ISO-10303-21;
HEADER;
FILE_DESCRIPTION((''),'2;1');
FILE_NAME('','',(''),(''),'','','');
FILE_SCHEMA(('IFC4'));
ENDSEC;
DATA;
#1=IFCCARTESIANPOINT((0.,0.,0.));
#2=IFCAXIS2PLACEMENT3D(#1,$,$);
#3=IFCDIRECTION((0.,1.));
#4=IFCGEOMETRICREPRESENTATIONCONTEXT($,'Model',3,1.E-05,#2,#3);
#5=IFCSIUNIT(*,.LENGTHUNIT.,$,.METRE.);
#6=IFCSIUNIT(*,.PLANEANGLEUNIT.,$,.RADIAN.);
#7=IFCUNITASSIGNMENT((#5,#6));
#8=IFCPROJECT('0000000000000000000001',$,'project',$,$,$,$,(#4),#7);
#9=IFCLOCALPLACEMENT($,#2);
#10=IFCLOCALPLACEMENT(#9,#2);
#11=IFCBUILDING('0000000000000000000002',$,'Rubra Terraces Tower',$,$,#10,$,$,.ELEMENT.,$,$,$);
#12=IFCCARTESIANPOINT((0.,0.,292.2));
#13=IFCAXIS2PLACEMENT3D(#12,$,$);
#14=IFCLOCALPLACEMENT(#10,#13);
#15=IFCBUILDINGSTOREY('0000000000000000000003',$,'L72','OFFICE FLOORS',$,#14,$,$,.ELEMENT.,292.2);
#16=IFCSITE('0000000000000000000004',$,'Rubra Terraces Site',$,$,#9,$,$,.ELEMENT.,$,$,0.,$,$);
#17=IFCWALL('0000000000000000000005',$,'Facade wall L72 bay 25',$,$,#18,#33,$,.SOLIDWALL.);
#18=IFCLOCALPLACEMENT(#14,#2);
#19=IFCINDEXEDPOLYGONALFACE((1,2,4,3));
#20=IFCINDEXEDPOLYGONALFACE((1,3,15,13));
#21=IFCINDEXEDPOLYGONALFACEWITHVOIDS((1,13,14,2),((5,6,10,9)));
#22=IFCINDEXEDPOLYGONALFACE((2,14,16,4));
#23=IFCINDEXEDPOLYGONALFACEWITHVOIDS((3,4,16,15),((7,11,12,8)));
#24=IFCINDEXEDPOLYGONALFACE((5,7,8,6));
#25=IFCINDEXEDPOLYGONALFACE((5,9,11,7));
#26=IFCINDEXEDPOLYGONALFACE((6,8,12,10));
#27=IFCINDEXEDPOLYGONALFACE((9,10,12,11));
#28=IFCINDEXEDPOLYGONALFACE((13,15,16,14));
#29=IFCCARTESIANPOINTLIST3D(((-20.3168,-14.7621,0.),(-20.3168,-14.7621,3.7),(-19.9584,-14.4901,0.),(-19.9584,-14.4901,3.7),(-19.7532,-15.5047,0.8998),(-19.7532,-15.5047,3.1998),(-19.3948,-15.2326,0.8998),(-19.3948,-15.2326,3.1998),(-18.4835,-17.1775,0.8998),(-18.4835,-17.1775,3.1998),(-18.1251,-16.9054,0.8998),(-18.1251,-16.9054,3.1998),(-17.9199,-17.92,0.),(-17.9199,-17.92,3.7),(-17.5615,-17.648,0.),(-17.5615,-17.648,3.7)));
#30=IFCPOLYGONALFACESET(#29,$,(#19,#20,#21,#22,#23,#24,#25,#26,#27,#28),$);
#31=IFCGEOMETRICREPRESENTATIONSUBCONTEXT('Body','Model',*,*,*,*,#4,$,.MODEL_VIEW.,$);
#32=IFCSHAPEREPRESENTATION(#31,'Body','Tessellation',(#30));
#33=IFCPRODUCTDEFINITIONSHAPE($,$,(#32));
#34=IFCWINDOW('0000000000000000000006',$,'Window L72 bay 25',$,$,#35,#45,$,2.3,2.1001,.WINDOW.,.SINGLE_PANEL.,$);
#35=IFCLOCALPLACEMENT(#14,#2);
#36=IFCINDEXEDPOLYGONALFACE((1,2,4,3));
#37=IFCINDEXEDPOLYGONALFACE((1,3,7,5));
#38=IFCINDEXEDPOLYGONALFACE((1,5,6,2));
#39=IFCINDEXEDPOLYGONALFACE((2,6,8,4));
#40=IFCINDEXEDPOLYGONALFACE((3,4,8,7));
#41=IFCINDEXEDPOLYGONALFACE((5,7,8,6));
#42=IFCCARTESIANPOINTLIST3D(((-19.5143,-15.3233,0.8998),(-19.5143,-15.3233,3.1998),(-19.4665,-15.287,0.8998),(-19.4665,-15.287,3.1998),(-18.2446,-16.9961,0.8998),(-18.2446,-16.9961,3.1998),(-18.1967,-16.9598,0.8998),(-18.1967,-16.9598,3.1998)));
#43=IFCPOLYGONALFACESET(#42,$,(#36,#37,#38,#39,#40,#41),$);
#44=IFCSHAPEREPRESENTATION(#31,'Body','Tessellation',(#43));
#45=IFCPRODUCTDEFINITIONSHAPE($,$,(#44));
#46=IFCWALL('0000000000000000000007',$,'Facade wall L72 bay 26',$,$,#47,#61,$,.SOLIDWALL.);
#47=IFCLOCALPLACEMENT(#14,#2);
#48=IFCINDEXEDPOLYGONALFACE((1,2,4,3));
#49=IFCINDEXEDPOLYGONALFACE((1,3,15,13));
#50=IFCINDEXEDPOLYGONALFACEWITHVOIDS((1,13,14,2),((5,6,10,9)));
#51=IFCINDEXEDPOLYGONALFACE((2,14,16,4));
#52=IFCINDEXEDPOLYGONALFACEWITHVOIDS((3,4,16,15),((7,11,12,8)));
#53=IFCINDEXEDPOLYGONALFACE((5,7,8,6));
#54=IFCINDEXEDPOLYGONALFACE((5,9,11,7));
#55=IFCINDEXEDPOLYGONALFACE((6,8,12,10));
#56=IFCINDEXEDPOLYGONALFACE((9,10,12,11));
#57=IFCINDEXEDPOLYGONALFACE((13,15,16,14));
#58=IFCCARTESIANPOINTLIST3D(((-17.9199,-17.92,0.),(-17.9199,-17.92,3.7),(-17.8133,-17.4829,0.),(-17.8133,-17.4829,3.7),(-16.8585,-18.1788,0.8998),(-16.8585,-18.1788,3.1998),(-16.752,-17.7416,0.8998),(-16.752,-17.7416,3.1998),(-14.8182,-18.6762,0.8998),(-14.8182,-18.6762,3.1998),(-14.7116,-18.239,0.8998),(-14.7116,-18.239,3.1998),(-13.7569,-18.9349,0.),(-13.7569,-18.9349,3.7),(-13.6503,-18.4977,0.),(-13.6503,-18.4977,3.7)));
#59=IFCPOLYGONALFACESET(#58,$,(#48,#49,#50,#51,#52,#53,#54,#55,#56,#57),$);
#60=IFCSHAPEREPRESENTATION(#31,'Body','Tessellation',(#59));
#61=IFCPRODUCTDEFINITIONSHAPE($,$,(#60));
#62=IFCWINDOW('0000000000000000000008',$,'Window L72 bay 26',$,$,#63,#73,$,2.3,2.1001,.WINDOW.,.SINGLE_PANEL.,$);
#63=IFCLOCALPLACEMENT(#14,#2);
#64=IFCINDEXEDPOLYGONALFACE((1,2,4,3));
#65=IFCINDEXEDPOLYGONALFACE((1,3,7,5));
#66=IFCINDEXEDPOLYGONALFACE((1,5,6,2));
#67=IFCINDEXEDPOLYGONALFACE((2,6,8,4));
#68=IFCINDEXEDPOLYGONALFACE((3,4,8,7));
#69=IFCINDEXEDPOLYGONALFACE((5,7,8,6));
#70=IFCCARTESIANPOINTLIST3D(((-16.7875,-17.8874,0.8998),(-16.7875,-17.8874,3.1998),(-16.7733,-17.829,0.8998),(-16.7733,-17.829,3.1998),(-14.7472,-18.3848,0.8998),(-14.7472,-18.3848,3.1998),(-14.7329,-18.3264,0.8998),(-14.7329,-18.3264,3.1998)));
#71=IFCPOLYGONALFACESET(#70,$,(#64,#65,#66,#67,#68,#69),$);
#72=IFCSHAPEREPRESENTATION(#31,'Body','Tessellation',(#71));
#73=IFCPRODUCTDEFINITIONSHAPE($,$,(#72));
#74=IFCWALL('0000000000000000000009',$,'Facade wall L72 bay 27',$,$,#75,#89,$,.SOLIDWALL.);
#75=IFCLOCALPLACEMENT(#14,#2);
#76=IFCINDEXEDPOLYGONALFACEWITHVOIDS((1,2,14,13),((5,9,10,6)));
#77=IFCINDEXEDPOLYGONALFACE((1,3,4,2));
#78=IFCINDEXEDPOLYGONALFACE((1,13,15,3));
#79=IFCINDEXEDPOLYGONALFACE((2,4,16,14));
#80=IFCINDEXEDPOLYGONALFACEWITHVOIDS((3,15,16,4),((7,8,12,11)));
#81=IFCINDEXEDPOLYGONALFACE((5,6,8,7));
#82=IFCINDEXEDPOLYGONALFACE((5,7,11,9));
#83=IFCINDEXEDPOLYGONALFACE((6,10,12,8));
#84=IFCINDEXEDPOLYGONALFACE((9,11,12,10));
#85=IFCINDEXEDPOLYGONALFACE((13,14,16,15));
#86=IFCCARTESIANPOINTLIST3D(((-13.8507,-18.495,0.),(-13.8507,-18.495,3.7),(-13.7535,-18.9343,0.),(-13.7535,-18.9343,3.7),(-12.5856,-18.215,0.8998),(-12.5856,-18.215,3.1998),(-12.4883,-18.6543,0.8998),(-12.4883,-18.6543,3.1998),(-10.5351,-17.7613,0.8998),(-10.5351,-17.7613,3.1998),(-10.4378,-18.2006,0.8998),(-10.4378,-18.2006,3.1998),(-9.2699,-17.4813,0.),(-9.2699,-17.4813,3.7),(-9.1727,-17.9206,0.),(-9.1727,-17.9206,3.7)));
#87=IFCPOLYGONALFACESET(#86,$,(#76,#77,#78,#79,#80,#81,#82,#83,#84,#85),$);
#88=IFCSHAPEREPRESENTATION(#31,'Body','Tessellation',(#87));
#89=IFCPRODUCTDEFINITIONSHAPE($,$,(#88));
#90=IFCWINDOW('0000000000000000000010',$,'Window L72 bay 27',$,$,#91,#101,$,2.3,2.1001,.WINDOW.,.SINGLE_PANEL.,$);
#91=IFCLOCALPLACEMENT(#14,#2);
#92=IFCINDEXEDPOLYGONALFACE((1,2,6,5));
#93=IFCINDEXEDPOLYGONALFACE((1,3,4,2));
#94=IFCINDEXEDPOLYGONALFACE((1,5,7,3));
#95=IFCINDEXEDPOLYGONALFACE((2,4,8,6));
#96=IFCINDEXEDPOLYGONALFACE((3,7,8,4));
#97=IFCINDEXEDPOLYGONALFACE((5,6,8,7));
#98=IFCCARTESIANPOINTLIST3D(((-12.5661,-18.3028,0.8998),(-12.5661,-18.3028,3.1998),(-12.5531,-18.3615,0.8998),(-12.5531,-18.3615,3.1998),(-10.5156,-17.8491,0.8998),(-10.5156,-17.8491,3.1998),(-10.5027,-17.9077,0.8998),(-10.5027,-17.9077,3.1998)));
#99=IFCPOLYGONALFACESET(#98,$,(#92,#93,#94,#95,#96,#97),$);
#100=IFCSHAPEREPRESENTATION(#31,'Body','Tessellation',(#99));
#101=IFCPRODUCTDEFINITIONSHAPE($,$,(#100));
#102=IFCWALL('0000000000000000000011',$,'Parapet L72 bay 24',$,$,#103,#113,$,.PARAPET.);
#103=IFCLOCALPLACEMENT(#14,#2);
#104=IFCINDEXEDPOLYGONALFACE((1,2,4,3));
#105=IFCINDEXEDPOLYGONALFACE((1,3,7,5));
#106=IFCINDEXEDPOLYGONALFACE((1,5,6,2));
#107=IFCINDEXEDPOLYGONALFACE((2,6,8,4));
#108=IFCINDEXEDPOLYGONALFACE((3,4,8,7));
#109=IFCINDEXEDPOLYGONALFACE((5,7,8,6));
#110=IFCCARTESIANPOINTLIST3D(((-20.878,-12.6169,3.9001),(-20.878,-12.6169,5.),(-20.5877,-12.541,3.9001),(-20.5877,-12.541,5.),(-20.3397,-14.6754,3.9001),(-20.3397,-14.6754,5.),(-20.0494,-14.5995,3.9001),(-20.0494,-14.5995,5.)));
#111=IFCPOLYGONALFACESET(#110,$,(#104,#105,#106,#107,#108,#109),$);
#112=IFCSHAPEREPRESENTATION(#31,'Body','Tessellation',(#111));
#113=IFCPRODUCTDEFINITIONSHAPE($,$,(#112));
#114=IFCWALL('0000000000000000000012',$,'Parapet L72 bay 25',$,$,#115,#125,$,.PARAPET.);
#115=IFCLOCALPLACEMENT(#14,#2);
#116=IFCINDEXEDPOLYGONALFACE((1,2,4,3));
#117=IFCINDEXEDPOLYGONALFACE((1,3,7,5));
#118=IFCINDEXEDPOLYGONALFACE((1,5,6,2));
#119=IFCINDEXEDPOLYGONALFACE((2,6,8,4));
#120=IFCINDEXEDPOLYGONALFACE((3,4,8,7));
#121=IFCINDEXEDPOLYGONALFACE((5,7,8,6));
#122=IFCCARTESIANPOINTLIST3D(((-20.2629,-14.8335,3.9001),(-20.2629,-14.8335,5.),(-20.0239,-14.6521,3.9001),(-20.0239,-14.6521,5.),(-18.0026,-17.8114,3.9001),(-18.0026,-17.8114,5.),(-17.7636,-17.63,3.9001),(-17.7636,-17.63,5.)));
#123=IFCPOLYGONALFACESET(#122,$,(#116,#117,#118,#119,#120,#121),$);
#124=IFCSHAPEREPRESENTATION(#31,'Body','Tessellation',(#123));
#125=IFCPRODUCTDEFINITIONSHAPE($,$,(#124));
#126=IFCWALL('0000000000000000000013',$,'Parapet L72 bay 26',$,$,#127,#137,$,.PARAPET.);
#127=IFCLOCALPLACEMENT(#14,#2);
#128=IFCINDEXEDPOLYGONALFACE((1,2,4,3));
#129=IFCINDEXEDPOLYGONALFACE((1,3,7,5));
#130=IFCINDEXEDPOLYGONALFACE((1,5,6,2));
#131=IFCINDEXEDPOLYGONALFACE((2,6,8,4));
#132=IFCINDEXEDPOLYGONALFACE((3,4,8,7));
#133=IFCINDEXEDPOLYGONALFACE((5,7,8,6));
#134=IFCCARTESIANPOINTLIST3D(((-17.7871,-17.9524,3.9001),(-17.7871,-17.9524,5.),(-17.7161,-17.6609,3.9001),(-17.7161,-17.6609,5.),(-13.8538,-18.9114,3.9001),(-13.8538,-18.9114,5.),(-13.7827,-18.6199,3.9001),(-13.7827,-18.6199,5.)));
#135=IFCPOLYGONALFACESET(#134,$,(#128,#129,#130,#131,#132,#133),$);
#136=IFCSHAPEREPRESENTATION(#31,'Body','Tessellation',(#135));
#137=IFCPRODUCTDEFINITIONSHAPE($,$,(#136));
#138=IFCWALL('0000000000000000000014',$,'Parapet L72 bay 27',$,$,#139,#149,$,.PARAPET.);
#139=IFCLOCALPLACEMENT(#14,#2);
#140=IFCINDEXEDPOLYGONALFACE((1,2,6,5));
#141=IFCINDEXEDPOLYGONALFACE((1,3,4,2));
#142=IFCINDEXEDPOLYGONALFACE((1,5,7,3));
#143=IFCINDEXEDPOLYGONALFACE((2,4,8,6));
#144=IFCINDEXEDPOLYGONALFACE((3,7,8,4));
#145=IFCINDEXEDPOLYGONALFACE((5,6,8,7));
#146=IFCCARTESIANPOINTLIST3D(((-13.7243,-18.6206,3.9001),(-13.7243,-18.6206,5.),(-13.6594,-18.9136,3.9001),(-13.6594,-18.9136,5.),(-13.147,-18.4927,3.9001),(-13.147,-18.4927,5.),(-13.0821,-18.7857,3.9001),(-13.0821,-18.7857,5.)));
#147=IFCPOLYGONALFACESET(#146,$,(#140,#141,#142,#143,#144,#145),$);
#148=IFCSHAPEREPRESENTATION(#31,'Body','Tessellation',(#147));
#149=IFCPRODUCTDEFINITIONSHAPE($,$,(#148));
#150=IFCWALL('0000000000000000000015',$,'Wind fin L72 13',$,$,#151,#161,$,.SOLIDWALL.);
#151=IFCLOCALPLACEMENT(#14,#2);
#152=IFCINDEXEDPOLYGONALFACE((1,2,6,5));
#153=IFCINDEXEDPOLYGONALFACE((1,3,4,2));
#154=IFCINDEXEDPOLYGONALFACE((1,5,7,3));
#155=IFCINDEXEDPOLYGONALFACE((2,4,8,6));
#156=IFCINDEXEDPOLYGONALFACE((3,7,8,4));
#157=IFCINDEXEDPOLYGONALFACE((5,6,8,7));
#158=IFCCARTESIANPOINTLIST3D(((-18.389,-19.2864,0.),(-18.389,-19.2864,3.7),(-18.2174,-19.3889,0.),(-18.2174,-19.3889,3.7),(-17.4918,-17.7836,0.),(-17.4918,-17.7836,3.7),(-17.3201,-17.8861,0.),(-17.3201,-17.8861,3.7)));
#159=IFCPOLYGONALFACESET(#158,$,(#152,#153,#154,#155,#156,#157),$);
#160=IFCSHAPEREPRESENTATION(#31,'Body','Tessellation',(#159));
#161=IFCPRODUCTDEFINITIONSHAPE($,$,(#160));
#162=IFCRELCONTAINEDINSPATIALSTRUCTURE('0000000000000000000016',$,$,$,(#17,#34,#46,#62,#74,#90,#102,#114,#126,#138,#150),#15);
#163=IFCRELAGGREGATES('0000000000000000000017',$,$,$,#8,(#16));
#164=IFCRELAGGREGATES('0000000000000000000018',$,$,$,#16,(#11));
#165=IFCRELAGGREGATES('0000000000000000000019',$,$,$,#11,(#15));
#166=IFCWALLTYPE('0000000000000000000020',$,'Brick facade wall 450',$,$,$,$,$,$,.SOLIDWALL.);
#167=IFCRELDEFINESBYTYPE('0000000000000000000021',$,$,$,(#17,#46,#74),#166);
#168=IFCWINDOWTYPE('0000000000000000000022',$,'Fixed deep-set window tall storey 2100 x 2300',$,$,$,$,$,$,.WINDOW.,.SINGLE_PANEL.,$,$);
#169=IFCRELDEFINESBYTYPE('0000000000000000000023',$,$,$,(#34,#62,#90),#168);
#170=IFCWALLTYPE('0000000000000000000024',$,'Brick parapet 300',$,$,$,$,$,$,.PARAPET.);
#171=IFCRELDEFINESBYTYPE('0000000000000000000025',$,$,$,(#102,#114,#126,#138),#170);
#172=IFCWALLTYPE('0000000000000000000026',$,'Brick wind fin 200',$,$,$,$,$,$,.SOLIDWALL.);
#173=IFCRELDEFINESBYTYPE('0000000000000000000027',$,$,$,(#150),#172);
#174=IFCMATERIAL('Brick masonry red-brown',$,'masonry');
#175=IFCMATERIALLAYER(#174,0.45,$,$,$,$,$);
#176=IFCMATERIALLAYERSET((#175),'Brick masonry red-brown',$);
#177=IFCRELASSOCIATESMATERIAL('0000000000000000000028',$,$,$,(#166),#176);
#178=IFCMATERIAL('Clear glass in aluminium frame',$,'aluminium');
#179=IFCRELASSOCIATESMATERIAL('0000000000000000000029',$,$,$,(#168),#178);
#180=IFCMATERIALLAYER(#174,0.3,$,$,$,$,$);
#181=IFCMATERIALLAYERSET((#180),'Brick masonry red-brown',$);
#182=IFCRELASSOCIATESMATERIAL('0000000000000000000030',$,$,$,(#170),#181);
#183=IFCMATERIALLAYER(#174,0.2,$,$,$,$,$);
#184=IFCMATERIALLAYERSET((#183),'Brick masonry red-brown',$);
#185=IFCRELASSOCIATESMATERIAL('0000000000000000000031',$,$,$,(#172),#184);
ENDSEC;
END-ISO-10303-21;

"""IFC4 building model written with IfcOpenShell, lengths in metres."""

from ifc_helpers import new_model, si_unit, direction, frame, frame_2d, origin, place, context, subcontext, project, spatial, rectangle, extrude, material, layer, layer_set, type_object, element, fill, save


model = new_model("IFC4")

# Units and contexts
model_context = context("Model", 3, precision=1e-05, world=origin(), true_north=direction((0.0, 1.0)))
body_context = subcontext(model_context, "Body", "Model", "MODEL_VIEW")
ifc_project = project(units=[si_unit("LENGTHUNIT", "METRE"), si_unit("PLANEANGLEUNIT", "RADIAN")], contexts=[model_context])

# Site, building, storey
site_placement = place(None, origin())
site = spatial("IfcSite", under=ifc_project, at=site_placement, Name="Rubra Terraces Site", CompositionType="ELEMENT", RefElevation=0.0)
building_placement = place(site_placement, origin())
building = spatial("IfcBuilding", under=site, at=building_placement, Name="Rubra Terraces Tower", CompositionType="ELEMENT")
storey_placement = place(building_placement, frame((0.0, 0.0, 292.2)))
storey = spatial("IfcBuildingStorey", under=building, at=storey_placement, Name="L72", Description="OFFICE FLOORS", CompositionType="ELEMENT", Elevation=292.2)

# Walls, openings, windows
ifc_material_1 = material(Name="Brick masonry red-brown", Category="masonry")
ifc_layer_1 = layer(ifc_material_1, 0.45)
ifc_layer_set_1 = layer_set([ifc_layer_1], Name="Brick masonry red-brown")
wall_type_1 = type_object("IfcWallType", Name="Brick facade wall 450", PredefinedType="SOLIDWALL", material=ifc_layer_set_1)
ifc_material_2 = material(Name="Clear glass in aluminium frame", Category="aluminium")
window_type = type_object("IfcWindowType", Name="Fixed deep-set window tall storey 2100 x 2300", PartitioningType="SINGLE_PANEL", PredefinedType="WINDOW", material=ifc_material_2)
wall_1_placement = place(storey_placement, frame((-20.1377, -14.626, 0.0), z_axis=(0.0, 0.0, 1.0), x_axis=(0.604591, -0.796536, 0.0)))
wall_1 = element("IfcWall", 1, at=wall_1_placement, inside=storey, type_object=wall_type_1, Name="Facade wall L72 bay 25", PredefinedType="SOLIDWALL", context=body_context, shape_type="SweptSolid", body=[
    extrude(rectangle(XDim=3.9646, YDim=0.45, at=frame_2d((1.9824, 0.0))), origin(), (0.0, 0.0, 1.0), 3.7),
])
opening_1_placement = place(wall_1_placement, frame((0.9324, 0.0, 0.8999)))
opening_1 = element("IfcOpeningElement", 2, at=opening_1_placement, cuts=wall_1, PredefinedType="OPENING", context=body_context, shape_type="SweptSolid", body=[
    extrude(rectangle(XDim=2.1001, YDim=2.3, at=frame_2d((1.05, 1.1499))), frame((0.0, 0.2349, 0.0), z_axis=(0.0, -1.0, 0.0), x_axis=(1.0, 0.0, 0.0)), (0.0, 0.0, 1.0), 0.47),
])
window_1_placement = place(opening_1_placement, origin())
window_1 = element("IfcWindow", 3, at=window_1_placement, inside=storey, type_object=window_type, Name="Window L72 bay 25", OverallHeight=2.3, OverallWidth=2.1001, PartitioningType="SINGLE_PANEL", PredefinedType="WINDOW", context=body_context, shape_type="SweptSolid", body=[
    extrude(rectangle(XDim=2.1001, YDim=2.3, at=frame_2d((1.05, 1.1499))), frame((0.0, 0.135, 0.0), z_axis=(0.0, -1.0, 0.0), x_axis=(1.0, 0.0, 0.0)), (0.0, 0.0, 1.0), 0.0601),
])
fill(opening_1, window_1)
wall_2_placement = place(storey_placement, frame((-17.8667, -17.7014, 0.0), z_axis=(0.0, 0.0, 1.0), x_axis=(0.971547, -0.236847, 0.0)))
wall_2 = element("IfcWall", 4, at=wall_2_placement, inside=storey, type_object=wall_type_1, Name="Facade wall L72 bay 26", PredefinedType="SOLIDWALL", context=body_context, shape_type="SweptSolid", body=[
    extrude(rectangle(XDim=4.2849, YDim=0.45, at=frame_2d((2.1426, 0.0))), origin(), (0.0, 0.0, 1.0), 3.7),
])
opening_2_placement = place(wall_2_placement, frame((1.0925, 0.0, 0.8999)))
opening_2 = element("IfcOpeningElement", 5, at=opening_2_placement, cuts=wall_2, PredefinedType="OPENING", context=body_context, shape_type="SweptSolid", body=[
    extrude(rectangle(XDim=2.1001, YDim=2.3, at=frame_2d((1.05, 1.1499))), frame((0.0, 0.2349, 0.0), z_axis=(0.0, -1.0, 0.0), x_axis=(1.0, 0.0, 0.0)), (0.0, 0.0, 1.0), 0.47),
])
window_2_placement = place(opening_2_placement, origin())
window_2 = element("IfcWindow", 6, at=window_2_placement, inside=storey, type_object=window_type, Name="Window L72 bay 26", OverallHeight=2.3, OverallWidth=2.1001, PartitioningType="SINGLE_PANEL", PredefinedType="WINDOW", context=body_context, shape_type="SweptSolid", body=[
    extrude(rectangle(XDim=2.1001, YDim=2.3, at=frame_2d((1.05, 1.1499))), frame((0.0, 0.135, 0.0), z_axis=(0.0, -1.0, 0.0), x_axis=(1.0, 0.0, 0.0)), (0.0, 0.0, 1.0), 0.0601),
])
fill(opening_2, window_2)
wall_3_placement = place(storey_placement, frame((-13.802, -18.7146, 0.0), z_axis=(0.0, 0.0, 1.0), x_axis=(0.97638, 0.21606, 0.0)))
wall_3 = element("IfcWall", 7, at=wall_3_placement, inside=storey, type_object=wall_type_1, Name="Facade wall L72 bay 27", PredefinedType="SOLIDWALL", context=body_context, shape_type="SweptSolid", body=[
    extrude(rectangle(XDim=4.6917, YDim=0.45, at=frame_2d((2.3457, 0.0))), origin(), (0.0, 0.0, 1.0), 3.7),
])
opening_3_placement = place(wall_3_placement, frame((1.2957, 0.0, 0.8999)))
opening_3 = element("IfcOpeningElement", 8, at=opening_3_placement, cuts=wall_3, PredefinedType="OPENING", context=body_context, shape_type="SweptSolid", body=[
    extrude(rectangle(XDim=2.1001, YDim=2.3, at=frame_2d((1.05, 1.1499))), frame((0.0, 0.2349, 0.0), z_axis=(0.0, -1.0, 0.0), x_axis=(1.0, 0.0, 0.0)), (0.0, 0.0, 1.0), 0.47),
])
window_3_placement = place(opening_3_placement, origin())
window_3 = element("IfcWindow", 9, at=window_3_placement, inside=storey, type_object=window_type, Name="Window L72 bay 27", OverallHeight=2.3, OverallWidth=2.1001, PartitioningType="SINGLE_PANEL", PredefinedType="WINDOW", context=body_context, shape_type="SweptSolid", body=[
    extrude(rectangle(XDim=2.1001, YDim=2.3, at=frame_2d((1.05, 1.1499))), frame((0.0, 0.135, 0.0), z_axis=(0.0, -1.0, 0.0), x_axis=(1.0, 0.0, 0.0)), (0.0, 0.0, 1.0), 0.0601),
])
fill(opening_3, window_3)

# Walls
ifc_layer_2 = layer(ifc_material_1, 0.3)
ifc_layer_set_2 = layer_set([ifc_layer_2], Name="Brick masonry red-brown")
wall_type_2 = type_object("IfcWallType", Name="Brick parapet 300", PredefinedType="PARAPET", material=ifc_layer_set_2)
wall_4_placement = place(storey_placement, frame((-20.7329, -12.5789, 3.9001), z_axis=(0.0, 0.0, 1.0), x_axis=(0.253024, -0.96746, 0.0)))
element("IfcWall", 10, at=wall_4_placement, inside=storey, type_object=wall_type_2, Name="Parapet L72 bay 24", PredefinedType="PARAPET", context=body_context, shape_type="SweptSolid", body=[
    extrude(rectangle(XDim=2.1277, YDim=0.3, at=frame_2d((1.064, 0.0))), origin(), (0.0, 0.0, 1.0), 1.0999),
])
wall_5_placement = place(storey_placement, frame((-20.1433, -14.7429, 3.9001), z_axis=(0.0, 0.0, 1.0), x_axis=(0.604598, -0.796531, 0.0)))
element("IfcWall", 11, at=wall_5_placement, inside=storey, type_object=wall_type_2, Name="Parapet L72 bay 25", PredefinedType="PARAPET", context=body_context, shape_type="SweptSolid", body=[
    extrude(rectangle(XDim=3.7385, YDim=0.3, at=frame_2d((1.8691, 0.0))), origin(), (0.0, 0.0, 1.0), 1.0999),
])
wall_6_placement = place(storey_placement, frame((-17.7517, -17.8066, 3.9001), z_axis=(0.0, 0.0, 1.0), x_axis=(0.971541, -0.23687, 0.0)))
element("IfcWall", 12, at=wall_6_placement, inside=storey, type_object=wall_type_2, Name="Parapet L72 bay 26", PredefinedType="PARAPET", context=body_context, shape_type="SweptSolid", body=[
    extrude(rectangle(XDim=4.0486, YDim=0.3, at=frame_2d((2.0244, 0.0))), origin(), (0.0, 0.0, 1.0), 1.0999),
])
wall_7_placement = place(storey_placement, frame((-13.6919, -18.7671, 3.9001), z_axis=(0.0, 0.0, 1.0), x_axis=(0.976323, 0.216318, 0.0)))
element("IfcWall", 13, at=wall_7_placement, inside=storey, type_object=wall_type_2, Name="Parapet L72 bay 27", PredefinedType="PARAPET", context=body_context, shape_type="SweptSolid", body=[
    extrude(rectangle(XDim=0.5913, YDim=0.3, at=frame_2d((0.2957, 0.0))), origin(), (0.0, 0.0, 1.0), 1.0999),
])
ifc_layer_3 = layer(ifc_material_1, 0.2)
ifc_layer_set_3 = layer_set([ifc_layer_3], Name="Brick masonry red-brown")
wall_type_3 = type_object("IfcWallType", Name="Brick wind fin 200", PredefinedType="SOLIDWALL", material=ifc_layer_set_3)
wall_8_placement = place(storey_placement, frame((-17.406, -17.835, 0.0), z_axis=(0.0, 0.0, 1.0), x_axis=(-0.512648, -0.858599, 0.0)))
element("IfcWall", 14, at=wall_8_placement, inside=storey, type_object=wall_type_3, Name="Wind fin L72 13", PredefinedType="SOLIDWALL", context=body_context, shape_type="SweptSolid", body=[
    extrude(rectangle(XDim=1.7502, YDim=0.2, at=frame_2d((0.875, 0.0))), origin(), (0.0, 0.0, 1.0), 3.7),
])

save(model, "model.ifc")
